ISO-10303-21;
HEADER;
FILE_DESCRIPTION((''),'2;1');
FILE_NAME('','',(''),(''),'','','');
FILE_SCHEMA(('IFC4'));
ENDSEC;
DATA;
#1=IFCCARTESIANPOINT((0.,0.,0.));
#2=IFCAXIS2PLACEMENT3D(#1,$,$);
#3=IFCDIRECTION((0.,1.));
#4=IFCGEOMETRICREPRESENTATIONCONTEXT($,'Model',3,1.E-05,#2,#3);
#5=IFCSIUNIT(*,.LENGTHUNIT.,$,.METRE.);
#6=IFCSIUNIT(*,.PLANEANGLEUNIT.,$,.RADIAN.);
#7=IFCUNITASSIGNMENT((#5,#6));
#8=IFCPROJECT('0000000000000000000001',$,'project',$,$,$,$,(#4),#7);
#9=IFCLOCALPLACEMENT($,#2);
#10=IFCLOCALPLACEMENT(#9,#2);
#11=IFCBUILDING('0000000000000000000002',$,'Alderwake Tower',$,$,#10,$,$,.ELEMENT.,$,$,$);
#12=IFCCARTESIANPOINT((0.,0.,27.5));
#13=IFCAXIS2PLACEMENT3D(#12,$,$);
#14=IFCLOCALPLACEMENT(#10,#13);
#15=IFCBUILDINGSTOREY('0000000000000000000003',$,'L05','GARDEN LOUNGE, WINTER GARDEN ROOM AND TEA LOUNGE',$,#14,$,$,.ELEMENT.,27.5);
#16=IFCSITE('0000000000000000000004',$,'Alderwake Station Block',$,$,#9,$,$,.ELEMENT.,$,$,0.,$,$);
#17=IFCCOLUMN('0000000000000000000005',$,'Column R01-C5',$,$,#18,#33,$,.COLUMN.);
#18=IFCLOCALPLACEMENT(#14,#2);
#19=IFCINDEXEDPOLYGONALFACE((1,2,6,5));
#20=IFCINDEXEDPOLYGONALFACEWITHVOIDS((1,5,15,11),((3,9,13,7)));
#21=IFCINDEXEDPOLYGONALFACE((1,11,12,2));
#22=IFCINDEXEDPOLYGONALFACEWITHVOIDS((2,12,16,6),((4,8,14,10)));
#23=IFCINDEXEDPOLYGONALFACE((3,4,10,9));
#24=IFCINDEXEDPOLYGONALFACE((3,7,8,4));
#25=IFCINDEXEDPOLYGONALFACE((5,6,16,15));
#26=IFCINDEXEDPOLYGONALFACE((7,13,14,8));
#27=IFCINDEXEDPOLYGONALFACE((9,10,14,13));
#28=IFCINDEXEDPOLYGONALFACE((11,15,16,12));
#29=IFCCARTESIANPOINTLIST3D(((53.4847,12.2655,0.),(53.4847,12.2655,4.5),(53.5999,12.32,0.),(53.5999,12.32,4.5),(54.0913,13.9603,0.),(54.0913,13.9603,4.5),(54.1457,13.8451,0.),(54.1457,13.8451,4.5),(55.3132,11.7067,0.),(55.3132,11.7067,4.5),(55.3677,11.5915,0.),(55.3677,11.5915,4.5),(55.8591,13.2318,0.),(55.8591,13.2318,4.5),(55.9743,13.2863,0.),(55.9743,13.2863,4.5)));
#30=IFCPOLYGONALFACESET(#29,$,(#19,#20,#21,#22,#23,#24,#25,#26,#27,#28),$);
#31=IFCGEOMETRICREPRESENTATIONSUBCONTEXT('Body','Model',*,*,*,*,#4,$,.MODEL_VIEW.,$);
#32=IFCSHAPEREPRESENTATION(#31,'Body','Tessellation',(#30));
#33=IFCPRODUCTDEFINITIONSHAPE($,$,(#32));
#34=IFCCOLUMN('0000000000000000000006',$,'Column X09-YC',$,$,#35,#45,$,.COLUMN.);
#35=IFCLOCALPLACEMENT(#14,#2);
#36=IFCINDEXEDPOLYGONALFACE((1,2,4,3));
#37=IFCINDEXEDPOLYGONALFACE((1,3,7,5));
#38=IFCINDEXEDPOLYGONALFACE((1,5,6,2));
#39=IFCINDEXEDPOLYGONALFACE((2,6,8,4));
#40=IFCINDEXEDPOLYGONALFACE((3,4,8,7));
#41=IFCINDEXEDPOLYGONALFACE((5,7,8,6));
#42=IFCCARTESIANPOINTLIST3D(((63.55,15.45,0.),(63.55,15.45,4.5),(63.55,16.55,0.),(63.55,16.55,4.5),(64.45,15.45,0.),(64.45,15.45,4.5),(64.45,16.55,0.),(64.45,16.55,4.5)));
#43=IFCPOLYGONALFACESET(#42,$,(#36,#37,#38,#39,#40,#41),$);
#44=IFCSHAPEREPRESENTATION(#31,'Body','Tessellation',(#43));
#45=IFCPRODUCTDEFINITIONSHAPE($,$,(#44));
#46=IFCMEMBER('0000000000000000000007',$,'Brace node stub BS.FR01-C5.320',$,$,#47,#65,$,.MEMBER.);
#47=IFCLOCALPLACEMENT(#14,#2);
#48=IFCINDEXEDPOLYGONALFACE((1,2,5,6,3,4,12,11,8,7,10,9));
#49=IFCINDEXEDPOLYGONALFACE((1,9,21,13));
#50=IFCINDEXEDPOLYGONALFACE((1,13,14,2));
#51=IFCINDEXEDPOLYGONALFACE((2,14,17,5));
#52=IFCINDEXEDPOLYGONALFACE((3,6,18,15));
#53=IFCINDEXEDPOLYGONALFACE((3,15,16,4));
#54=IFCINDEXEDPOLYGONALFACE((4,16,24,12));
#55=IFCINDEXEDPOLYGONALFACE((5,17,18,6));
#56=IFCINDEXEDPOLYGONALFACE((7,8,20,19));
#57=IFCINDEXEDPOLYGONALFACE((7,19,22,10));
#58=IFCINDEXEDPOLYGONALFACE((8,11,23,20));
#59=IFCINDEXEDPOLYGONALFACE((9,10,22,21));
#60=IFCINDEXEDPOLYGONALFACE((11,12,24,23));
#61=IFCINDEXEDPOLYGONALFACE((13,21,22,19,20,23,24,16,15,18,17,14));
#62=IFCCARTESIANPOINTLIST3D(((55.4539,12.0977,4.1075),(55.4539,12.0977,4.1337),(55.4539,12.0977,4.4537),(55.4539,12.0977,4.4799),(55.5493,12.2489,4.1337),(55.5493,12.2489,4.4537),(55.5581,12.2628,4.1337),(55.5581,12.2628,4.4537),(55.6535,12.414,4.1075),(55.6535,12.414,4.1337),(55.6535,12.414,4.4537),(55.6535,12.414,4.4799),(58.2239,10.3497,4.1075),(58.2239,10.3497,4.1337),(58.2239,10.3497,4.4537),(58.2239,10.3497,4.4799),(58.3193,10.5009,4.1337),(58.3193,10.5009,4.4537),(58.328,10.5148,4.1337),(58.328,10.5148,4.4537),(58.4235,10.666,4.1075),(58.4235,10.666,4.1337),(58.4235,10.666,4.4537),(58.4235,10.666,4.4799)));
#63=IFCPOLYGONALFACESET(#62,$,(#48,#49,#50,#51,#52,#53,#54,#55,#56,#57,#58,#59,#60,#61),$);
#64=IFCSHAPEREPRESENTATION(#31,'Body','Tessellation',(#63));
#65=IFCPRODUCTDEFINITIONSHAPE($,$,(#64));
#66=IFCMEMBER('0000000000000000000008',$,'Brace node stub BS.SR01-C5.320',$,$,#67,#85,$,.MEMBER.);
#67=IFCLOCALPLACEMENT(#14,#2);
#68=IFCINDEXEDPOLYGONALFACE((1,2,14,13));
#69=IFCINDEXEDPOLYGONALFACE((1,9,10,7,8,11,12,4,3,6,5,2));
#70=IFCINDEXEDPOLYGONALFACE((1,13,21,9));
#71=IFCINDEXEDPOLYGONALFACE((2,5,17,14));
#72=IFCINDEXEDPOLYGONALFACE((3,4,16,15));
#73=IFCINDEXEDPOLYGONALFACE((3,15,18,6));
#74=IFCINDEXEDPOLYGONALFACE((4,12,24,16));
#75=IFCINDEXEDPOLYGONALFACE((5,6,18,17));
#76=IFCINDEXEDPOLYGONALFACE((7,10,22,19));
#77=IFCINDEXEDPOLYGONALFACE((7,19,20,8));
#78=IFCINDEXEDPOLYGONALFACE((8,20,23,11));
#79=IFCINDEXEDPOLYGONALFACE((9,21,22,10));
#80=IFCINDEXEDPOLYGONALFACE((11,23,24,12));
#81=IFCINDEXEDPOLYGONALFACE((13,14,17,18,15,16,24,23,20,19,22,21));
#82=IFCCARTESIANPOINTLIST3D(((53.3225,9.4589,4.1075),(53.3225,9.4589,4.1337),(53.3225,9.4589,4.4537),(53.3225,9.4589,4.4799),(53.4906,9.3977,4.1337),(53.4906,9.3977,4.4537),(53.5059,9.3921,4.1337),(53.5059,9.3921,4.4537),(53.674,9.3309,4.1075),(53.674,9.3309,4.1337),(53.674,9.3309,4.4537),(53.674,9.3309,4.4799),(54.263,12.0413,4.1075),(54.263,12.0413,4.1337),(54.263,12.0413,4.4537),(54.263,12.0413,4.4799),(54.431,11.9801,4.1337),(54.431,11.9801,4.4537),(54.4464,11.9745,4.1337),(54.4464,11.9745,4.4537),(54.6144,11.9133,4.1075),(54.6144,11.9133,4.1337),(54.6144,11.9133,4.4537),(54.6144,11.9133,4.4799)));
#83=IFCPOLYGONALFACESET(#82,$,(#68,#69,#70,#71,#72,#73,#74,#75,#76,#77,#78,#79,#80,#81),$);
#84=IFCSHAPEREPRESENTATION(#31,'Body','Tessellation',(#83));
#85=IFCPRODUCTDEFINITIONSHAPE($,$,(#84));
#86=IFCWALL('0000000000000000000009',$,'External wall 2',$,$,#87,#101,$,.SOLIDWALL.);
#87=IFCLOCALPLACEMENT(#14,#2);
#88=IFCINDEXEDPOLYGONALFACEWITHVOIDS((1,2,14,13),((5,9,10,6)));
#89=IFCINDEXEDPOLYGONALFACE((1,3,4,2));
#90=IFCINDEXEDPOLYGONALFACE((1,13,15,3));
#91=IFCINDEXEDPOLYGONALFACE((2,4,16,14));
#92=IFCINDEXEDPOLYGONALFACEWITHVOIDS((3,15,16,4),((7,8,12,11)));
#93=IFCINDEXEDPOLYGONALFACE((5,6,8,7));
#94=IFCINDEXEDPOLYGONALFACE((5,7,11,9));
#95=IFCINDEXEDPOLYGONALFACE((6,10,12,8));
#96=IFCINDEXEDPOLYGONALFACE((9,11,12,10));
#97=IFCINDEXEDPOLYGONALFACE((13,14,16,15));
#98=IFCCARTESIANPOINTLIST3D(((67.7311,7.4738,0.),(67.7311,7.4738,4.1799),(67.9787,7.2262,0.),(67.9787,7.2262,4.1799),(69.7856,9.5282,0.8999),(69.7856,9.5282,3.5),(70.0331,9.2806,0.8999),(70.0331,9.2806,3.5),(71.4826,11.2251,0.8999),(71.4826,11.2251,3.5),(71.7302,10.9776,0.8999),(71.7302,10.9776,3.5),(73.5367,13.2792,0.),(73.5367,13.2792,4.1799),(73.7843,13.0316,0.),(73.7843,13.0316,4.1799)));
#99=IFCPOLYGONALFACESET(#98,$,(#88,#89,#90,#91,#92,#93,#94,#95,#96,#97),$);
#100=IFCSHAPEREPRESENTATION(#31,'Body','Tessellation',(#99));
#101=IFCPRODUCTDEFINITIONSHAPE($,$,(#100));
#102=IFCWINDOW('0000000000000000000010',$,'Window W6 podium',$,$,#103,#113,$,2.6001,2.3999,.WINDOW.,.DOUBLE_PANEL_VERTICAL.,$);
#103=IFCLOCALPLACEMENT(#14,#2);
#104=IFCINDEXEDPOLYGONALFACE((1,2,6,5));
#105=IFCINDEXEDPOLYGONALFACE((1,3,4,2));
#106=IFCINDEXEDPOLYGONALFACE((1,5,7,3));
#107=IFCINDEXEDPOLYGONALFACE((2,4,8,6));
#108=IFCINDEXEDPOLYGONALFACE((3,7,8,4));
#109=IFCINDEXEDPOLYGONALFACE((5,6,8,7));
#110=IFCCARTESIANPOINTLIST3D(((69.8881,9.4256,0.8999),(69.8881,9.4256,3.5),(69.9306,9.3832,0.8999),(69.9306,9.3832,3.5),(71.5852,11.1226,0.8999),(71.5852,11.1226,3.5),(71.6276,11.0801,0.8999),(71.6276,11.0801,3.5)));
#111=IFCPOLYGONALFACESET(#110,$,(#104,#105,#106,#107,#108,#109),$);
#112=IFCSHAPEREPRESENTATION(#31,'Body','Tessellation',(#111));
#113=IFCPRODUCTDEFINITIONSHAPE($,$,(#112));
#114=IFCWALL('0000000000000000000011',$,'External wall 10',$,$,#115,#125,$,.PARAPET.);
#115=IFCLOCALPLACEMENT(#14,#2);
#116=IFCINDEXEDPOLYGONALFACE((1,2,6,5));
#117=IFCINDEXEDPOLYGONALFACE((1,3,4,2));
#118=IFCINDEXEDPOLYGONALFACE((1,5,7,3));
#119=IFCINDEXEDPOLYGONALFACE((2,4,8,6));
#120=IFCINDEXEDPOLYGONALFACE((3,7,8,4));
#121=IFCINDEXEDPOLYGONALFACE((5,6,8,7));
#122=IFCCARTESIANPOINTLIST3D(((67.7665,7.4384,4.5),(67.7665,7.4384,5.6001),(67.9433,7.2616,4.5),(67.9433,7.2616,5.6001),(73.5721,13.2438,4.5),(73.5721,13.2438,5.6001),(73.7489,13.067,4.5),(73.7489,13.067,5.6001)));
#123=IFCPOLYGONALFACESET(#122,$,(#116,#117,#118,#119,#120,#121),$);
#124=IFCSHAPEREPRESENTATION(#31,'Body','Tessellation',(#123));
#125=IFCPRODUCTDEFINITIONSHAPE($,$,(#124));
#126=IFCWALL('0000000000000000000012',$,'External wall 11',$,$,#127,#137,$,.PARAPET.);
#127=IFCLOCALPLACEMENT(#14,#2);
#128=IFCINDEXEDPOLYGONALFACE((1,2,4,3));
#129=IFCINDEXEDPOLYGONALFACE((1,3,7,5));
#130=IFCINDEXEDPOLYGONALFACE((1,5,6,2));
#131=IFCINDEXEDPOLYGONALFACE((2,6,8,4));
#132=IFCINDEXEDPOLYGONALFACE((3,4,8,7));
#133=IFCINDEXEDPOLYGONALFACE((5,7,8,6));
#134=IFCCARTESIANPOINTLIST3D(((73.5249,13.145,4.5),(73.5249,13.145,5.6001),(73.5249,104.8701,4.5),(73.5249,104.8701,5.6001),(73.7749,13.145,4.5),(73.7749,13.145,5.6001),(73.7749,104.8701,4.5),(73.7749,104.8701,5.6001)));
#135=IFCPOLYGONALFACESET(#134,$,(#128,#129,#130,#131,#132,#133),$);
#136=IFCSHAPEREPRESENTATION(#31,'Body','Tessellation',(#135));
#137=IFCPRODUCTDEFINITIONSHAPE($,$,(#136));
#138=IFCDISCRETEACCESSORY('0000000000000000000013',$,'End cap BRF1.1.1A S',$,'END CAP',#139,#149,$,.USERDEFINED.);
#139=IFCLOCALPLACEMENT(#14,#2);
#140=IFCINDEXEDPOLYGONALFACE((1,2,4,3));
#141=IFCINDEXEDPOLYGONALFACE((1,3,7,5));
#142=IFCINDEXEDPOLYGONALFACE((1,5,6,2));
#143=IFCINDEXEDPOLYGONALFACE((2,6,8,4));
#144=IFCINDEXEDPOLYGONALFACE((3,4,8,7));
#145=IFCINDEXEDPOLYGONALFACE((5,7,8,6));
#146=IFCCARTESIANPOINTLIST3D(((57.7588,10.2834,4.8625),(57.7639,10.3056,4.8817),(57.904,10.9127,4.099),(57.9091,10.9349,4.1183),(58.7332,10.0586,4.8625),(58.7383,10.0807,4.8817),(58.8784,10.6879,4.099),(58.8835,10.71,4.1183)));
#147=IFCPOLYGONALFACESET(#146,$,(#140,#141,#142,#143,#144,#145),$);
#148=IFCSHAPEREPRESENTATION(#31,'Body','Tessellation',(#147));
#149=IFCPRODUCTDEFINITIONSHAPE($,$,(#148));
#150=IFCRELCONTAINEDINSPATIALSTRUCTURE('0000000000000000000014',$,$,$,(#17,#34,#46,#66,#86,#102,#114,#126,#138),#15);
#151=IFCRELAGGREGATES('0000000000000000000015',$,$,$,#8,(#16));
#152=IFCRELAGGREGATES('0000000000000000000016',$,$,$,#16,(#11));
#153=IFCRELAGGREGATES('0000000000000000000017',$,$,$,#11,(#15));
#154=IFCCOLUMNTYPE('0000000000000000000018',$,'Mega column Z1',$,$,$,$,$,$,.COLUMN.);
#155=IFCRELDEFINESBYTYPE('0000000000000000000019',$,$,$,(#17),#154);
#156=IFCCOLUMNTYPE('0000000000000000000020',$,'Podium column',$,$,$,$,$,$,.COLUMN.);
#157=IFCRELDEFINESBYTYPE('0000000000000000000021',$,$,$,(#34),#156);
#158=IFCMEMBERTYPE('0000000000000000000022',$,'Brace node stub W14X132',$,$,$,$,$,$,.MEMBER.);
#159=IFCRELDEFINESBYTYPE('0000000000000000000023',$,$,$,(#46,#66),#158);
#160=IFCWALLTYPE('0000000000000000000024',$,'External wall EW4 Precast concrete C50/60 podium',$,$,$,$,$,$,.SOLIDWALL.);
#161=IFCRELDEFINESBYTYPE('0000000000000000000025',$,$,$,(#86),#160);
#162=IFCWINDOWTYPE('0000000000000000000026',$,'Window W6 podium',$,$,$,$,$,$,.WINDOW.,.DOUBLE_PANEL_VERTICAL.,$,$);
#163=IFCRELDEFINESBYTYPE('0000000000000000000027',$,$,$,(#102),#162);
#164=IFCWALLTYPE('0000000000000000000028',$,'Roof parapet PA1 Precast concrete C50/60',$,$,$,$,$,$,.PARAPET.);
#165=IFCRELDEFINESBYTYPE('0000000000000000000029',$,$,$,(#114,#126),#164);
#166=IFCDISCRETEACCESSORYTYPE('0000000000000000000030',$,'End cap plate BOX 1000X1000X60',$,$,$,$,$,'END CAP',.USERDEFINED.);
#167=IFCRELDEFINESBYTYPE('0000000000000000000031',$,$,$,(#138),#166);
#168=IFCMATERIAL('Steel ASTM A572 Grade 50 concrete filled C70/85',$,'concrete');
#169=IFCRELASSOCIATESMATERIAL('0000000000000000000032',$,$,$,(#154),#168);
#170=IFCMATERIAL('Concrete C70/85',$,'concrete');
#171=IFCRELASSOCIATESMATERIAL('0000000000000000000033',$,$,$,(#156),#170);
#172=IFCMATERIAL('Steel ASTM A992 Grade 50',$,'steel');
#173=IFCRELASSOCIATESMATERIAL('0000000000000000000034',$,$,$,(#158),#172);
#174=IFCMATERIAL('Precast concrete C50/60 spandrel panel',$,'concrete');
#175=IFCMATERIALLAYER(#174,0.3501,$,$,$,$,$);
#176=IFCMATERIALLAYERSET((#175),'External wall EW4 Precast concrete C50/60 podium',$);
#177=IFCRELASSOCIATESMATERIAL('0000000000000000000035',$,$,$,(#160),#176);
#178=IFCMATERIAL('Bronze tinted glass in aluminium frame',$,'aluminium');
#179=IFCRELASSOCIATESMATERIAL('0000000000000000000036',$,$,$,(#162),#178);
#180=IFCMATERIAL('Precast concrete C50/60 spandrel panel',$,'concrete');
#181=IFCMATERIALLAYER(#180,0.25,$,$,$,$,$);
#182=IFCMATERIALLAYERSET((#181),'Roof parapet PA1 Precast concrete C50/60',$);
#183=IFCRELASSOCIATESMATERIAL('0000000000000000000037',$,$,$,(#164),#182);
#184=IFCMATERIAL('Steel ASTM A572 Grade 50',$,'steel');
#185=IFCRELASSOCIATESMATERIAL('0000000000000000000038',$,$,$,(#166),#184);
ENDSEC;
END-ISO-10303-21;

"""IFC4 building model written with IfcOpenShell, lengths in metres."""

from ifc_helpers import new_model, si_unit, direction, frame, frame_2d, origin, origin_2d, place, context, subcontext, project, spatial, rectangle, hollow_rectangle, i_section, extrude, material, layer, layer_set, material_profile, profile_set, type_object, element, fill, save


model = new_model("IFC4")

# Units and contexts
model_context = context("Model", 3, precision=1e-05, world=origin(), true_north=direction((0.0, 1.0)))
body_context = subcontext(model_context, "Body", "Model", "MODEL_VIEW")
ifc_project = project(units=[si_unit("LENGTHUNIT", "METRE"), si_unit("PLANEANGLEUNIT", "RADIAN")], contexts=[model_context])

# Site, building, storey
site_placement = place(None, origin())
site = spatial("IfcSite", under=ifc_project, at=site_placement, Name="Alderwake Station Block", CompositionType="ELEMENT", RefElevation=0.0)
building_placement = place(site_placement, origin())
building = spatial("IfcBuilding", under=site, at=building_placement, Name="Alderwake Tower", CompositionType="ELEMENT")
storey_placement = place(building_placement, frame((0.0, 0.0, 27.5)))
storey = spatial("IfcBuildingStorey", under=building, at=storey_placement, Name="L05", Description="GARDEN LOUNGE, WINTER GARDEN ROOM AND TEA LOUNGE", CompositionType="ELEMENT", Elevation=27.5)

# Columns
ifc_material_1 = material(Name="Steel ASTM A572 Grade 50 concrete filled C70/85", Category="concrete")
ifc_material_profile_1 = material_profile(ifc_material_1, hollow_rectangle(XDim=1.8, YDim=2.0, WallThickness=0.0901, at=origin_2d()), Name="BOX 2000X1800X90")
ifc_profile_set_1 = profile_set([ifc_material_profile_1], Name="Steel ASTM A572 Grade 50 concrete filled C70/85")
column_type_1 = type_object("IfcColumnType", Name="Mega column Z1", PredefinedType="COLUMN", material=ifc_profile_set_1)
column_1_placement = place(storey_placement, frame((54.7295, 12.7759, 0.0), z_axis=(0.0, 0.0, 1.0), x_axis=(0.336995, 0.941506, 0.0)))
element("IfcColumn", 1, at=column_1_placement, inside=storey, type_object=column_type_1, Name="Column R01-C5", PredefinedType="COLUMN", context=body_context, shape_type="SweptSolid", body=[
    extrude(hollow_rectangle(XDim=1.8, YDim=2.0, WallThickness=0.0901, at=origin_2d()), origin(), (0.0, 0.0, 1.0), 4.5),
])
ifc_material_2 = material(Name="Concrete C70/85", Category="concrete")
ifc_material_profile_2 = material_profile(ifc_material_2, rectangle(XDim=0.8999, YDim=1.1001, at=origin_2d()), Name="RC 1100X900")
ifc_profile_set_2 = profile_set([ifc_material_profile_2], Name="Concrete C70/85")
column_type_2 = type_object("IfcColumnType", Name="Podium column", PredefinedType="COLUMN", material=ifc_profile_set_2)
column_2_placement = place(storey_placement, frame((64.0, 16.0, 0.0), z_axis=(0.0, 0.0, 1.0), x_axis=(1.0, 0.0, 0.0)))
element("IfcColumn", 2, at=column_2_placement, inside=storey, type_object=column_type_2, Name="Column X09-YC", PredefinedType="COLUMN", context=body_context, shape_type="SweptSolid", body=[
    extrude(rectangle(XDim=0.8999, YDim=1.1001, at=origin_2d()), origin(), (0.0, 0.0, 1.0), 4.5),
])

# Members
ifc_material_3 = material(Name="Steel ASTM A992 Grade 50", Category="steel")
ifc_material_profile_3 = material_profile(ifc_material_3, i_section(OverallWidth=0.374, OverallDepth=0.3723, WebThickness=0.0164, FlangeThickness=0.0261, at=origin_2d()), Name="W14X132")
ifc_profile_set_3 = profile_set([ifc_material_profile_3], Name="Steel ASTM A992 Grade 50")
member_type = type_object("IfcMemberType", Name="Brace node stub W14X132", PredefinedType="MEMBER", material=ifc_profile_set_3)
member_1_placement = place(storey_placement, frame((55.5537, 12.2559, 4.2937), z_axis=(0.845687, -0.533679, 0.0), x_axis=(0.533679, 0.845687, 0.0)))
element("IfcMember", 3, at=member_1_placement, inside=storey, type_object=member_type, Name="Brace node stub BS.FR01-C5.320", PredefinedType="MEMBER", context=body_context, shape_type="SweptSolid", body=[
    extrude(i_section(OverallWidth=0.374, OverallDepth=0.3723, WebThickness=0.0164, FlangeThickness=0.0261, at=origin_2d()), origin(), (0.0, 0.0, 1.0), 3.2754),
])
member_2_placement = place(storey_placement, frame((54.4387, 11.9773, 4.2937), z_axis=(-0.3422, -0.939627, 0.0), x_axis=(0.939627, -0.3422, 0.0)))
element("IfcMember", 4, at=member_2_placement, inside=storey, type_object=member_type, Name="Brace node stub BS.SR01-C5.320", PredefinedType="MEMBER", context=body_context, shape_type="SweptSolid", body=[
    extrude(i_section(OverallWidth=0.374, OverallDepth=0.3723, WebThickness=0.0164, FlangeThickness=0.0261, at=origin_2d()), origin(), (0.0, 0.0, 1.0), 2.7483),
])

# Wall, opening, window
ifc_material_4 = material(Name="Precast concrete C50/60 spandrel panel", Category="concrete")
ifc_layer_1 = layer(ifc_material_4, 0.3501)
ifc_layer_set_1 = layer_set([ifc_layer_1], Name="External wall EW4 Precast concrete C50/60 podium")
wall_type_1 = type_object("IfcWallType", Name="External wall EW4 Precast concrete C50/60 podium", PredefinedType="SOLIDWALL", material=ifc_layer_set_1)
wall_1_placement = place(storey_placement, frame((67.855, 7.3501, 0.0), z_axis=(0.0, 0.0, 1.0), x_axis=(0.707122, 0.707092, 0.0)))
wall_1 = element("IfcWall", 5, at=wall_1_placement, inside=storey, type_object=wall_type_1, Name="External wall 2", PredefinedType="SOLIDWALL", context=body_context, shape_type="SweptSolid", body=[
    extrude(rectangle(XDim=8.2102, YDim=0.3501, at=frame_2d((4.105, 0.0))), origin(), (0.0, 0.0, 1.0), 4.1799),
])
opening_1_placement = place(wall_1_placement, frame((2.9053, 0.0, 0.8999)))
opening_1 = element("IfcOpeningElement", 6, at=opening_1_placement, cuts=wall_1, PredefinedType="OPENING", context=body_context, shape_type="SweptSolid", body=[
    extrude(rectangle(XDim=2.3999, YDim=2.6001, at=frame_2d((1.2, 1.3))), frame((0.0, 0.1851, 0.0), z_axis=(0.0, -1.0, 0.0), x_axis=(1.0, 0.0, 0.0)), (0.0, 0.0, 1.0), 0.3701),
])
ifc_material_5 = material(Name="Bronze tinted glass in aluminium frame", Category="aluminium")
window_type = type_object("IfcWindowType", Name="Window W6 podium", PartitioningType="DOUBLE_PANEL_VERTICAL", PredefinedType="WINDOW", material=ifc_material_5)
window_1_placement = place(opening_1_placement, origin())
window_1 = element("IfcWindow", 7, at=window_1_placement, inside=storey, type_object=window_type, Name="Window W6 podium", OverallHeight=2.6001, OverallWidth=2.3999, PartitioningType="DOUBLE_PANEL_VERTICAL", PredefinedType="WINDOW", context=body_context, shape_type="SweptSolid", body=[
    extrude(rectangle(XDim=2.3999, YDim=2.6001, at=frame_2d((1.2, 1.3))), frame((0.0, 0.03, 0.0), z_axis=(0.0, -1.0, 0.0), x_axis=(1.0, 0.0, 0.0)), (0.0, 0.0, 1.0), 0.0601),
])
fill(opening_1, window_1)

# Walls
ifc_material_6 = material(Name="Precast concrete C50/60 spandrel panel", Category="concrete")
ifc_layer_2 = layer(ifc_material_6, 0.25)
ifc_layer_set_2 = layer_set([ifc_layer_2], Name="Roof parapet PA1 Precast concrete C50/60")
wall_type_2 = type_object("IfcWallType", Name="Roof parapet PA1 Precast concrete C50/60", PredefinedType="PARAPET", material=ifc_layer_set_2)
wall_2_placement = place(storey_placement, frame((67.855, 7.3501, 4.5), z_axis=(0.0, 0.0, 1.0), x_axis=(0.707122, 0.707092, 0.0)))
element("IfcWall", 8, at=wall_2_placement, inside=storey, type_object=wall_type_2, Name="External wall 10", PredefinedType="PARAPET", context=body_context, shape_type="SweptSolid", body=[
    extrude(rectangle(XDim=8.2102, YDim=0.25, at=frame_2d((4.105, 0.0))), origin(), (0.0, 0.0, 1.0), 1.1001),
])
wall_3_placement = place(storey_placement, frame((73.6499, 13.145, 4.5), z_axis=(0.0, 0.0, 1.0), x_axis=(0.0, 1.0, 0.0)))
element("IfcWall", 9, at=wall_3_placement, inside=storey, type_object=wall_type_2, Name="External wall 11", PredefinedType="PARAPET", context=body_context, shape_type="SweptSolid", body=[
    extrude(rectangle(XDim=91.7251, YDim=0.25, at=frame_2d((45.8625, 0.0))), origin(), (0.0, 0.0, 1.0), 1.1001),
])

# Discrete accessory
ifc_material_7 = material(Name="Steel ASTM A572 Grade 50", Category="steel")
ifc_material_profile_4 = material_profile(ifc_material_7, rectangle(XDim=1.0, YDim=1.0, at=origin_2d()), Name="BOX 1000X1000X60 cap")
ifc_profile_set_4 = profile_set([ifc_material_profile_4], Name="Steel ASTM A572 Grade 50")
discrete_accessory_type = type_object("IfcDiscreteAccessoryType", Name="End cap plate BOX 1000X1000X60", ElementType="END CAP", PredefinedType="USERDEFINED", material=ifc_profile_set_4)
discrete_accessory_placement = place(storey_placement, frame((58.3237, 10.5078, 4.5), z_axis=(-0.171676, -0.74393, -0.645829), x_axis=(0.974391, -0.22486, 0.0)))
element("IfcDiscreteAccessory", 10, at=discrete_accessory_placement, inside=storey, type_object=discrete_accessory_type, Name="End cap BRF1.1.1A S", ObjectType="END CAP", PredefinedType="USERDEFINED", context=body_context, shape_type="SweptSolid", body=[
    extrude(rectangle(XDim=1.0, YDim=1.0, at=origin_2d()), origin(), (0.0, 0.0, 1.0), 0.0298),
])

save(model, "model.ifc")
